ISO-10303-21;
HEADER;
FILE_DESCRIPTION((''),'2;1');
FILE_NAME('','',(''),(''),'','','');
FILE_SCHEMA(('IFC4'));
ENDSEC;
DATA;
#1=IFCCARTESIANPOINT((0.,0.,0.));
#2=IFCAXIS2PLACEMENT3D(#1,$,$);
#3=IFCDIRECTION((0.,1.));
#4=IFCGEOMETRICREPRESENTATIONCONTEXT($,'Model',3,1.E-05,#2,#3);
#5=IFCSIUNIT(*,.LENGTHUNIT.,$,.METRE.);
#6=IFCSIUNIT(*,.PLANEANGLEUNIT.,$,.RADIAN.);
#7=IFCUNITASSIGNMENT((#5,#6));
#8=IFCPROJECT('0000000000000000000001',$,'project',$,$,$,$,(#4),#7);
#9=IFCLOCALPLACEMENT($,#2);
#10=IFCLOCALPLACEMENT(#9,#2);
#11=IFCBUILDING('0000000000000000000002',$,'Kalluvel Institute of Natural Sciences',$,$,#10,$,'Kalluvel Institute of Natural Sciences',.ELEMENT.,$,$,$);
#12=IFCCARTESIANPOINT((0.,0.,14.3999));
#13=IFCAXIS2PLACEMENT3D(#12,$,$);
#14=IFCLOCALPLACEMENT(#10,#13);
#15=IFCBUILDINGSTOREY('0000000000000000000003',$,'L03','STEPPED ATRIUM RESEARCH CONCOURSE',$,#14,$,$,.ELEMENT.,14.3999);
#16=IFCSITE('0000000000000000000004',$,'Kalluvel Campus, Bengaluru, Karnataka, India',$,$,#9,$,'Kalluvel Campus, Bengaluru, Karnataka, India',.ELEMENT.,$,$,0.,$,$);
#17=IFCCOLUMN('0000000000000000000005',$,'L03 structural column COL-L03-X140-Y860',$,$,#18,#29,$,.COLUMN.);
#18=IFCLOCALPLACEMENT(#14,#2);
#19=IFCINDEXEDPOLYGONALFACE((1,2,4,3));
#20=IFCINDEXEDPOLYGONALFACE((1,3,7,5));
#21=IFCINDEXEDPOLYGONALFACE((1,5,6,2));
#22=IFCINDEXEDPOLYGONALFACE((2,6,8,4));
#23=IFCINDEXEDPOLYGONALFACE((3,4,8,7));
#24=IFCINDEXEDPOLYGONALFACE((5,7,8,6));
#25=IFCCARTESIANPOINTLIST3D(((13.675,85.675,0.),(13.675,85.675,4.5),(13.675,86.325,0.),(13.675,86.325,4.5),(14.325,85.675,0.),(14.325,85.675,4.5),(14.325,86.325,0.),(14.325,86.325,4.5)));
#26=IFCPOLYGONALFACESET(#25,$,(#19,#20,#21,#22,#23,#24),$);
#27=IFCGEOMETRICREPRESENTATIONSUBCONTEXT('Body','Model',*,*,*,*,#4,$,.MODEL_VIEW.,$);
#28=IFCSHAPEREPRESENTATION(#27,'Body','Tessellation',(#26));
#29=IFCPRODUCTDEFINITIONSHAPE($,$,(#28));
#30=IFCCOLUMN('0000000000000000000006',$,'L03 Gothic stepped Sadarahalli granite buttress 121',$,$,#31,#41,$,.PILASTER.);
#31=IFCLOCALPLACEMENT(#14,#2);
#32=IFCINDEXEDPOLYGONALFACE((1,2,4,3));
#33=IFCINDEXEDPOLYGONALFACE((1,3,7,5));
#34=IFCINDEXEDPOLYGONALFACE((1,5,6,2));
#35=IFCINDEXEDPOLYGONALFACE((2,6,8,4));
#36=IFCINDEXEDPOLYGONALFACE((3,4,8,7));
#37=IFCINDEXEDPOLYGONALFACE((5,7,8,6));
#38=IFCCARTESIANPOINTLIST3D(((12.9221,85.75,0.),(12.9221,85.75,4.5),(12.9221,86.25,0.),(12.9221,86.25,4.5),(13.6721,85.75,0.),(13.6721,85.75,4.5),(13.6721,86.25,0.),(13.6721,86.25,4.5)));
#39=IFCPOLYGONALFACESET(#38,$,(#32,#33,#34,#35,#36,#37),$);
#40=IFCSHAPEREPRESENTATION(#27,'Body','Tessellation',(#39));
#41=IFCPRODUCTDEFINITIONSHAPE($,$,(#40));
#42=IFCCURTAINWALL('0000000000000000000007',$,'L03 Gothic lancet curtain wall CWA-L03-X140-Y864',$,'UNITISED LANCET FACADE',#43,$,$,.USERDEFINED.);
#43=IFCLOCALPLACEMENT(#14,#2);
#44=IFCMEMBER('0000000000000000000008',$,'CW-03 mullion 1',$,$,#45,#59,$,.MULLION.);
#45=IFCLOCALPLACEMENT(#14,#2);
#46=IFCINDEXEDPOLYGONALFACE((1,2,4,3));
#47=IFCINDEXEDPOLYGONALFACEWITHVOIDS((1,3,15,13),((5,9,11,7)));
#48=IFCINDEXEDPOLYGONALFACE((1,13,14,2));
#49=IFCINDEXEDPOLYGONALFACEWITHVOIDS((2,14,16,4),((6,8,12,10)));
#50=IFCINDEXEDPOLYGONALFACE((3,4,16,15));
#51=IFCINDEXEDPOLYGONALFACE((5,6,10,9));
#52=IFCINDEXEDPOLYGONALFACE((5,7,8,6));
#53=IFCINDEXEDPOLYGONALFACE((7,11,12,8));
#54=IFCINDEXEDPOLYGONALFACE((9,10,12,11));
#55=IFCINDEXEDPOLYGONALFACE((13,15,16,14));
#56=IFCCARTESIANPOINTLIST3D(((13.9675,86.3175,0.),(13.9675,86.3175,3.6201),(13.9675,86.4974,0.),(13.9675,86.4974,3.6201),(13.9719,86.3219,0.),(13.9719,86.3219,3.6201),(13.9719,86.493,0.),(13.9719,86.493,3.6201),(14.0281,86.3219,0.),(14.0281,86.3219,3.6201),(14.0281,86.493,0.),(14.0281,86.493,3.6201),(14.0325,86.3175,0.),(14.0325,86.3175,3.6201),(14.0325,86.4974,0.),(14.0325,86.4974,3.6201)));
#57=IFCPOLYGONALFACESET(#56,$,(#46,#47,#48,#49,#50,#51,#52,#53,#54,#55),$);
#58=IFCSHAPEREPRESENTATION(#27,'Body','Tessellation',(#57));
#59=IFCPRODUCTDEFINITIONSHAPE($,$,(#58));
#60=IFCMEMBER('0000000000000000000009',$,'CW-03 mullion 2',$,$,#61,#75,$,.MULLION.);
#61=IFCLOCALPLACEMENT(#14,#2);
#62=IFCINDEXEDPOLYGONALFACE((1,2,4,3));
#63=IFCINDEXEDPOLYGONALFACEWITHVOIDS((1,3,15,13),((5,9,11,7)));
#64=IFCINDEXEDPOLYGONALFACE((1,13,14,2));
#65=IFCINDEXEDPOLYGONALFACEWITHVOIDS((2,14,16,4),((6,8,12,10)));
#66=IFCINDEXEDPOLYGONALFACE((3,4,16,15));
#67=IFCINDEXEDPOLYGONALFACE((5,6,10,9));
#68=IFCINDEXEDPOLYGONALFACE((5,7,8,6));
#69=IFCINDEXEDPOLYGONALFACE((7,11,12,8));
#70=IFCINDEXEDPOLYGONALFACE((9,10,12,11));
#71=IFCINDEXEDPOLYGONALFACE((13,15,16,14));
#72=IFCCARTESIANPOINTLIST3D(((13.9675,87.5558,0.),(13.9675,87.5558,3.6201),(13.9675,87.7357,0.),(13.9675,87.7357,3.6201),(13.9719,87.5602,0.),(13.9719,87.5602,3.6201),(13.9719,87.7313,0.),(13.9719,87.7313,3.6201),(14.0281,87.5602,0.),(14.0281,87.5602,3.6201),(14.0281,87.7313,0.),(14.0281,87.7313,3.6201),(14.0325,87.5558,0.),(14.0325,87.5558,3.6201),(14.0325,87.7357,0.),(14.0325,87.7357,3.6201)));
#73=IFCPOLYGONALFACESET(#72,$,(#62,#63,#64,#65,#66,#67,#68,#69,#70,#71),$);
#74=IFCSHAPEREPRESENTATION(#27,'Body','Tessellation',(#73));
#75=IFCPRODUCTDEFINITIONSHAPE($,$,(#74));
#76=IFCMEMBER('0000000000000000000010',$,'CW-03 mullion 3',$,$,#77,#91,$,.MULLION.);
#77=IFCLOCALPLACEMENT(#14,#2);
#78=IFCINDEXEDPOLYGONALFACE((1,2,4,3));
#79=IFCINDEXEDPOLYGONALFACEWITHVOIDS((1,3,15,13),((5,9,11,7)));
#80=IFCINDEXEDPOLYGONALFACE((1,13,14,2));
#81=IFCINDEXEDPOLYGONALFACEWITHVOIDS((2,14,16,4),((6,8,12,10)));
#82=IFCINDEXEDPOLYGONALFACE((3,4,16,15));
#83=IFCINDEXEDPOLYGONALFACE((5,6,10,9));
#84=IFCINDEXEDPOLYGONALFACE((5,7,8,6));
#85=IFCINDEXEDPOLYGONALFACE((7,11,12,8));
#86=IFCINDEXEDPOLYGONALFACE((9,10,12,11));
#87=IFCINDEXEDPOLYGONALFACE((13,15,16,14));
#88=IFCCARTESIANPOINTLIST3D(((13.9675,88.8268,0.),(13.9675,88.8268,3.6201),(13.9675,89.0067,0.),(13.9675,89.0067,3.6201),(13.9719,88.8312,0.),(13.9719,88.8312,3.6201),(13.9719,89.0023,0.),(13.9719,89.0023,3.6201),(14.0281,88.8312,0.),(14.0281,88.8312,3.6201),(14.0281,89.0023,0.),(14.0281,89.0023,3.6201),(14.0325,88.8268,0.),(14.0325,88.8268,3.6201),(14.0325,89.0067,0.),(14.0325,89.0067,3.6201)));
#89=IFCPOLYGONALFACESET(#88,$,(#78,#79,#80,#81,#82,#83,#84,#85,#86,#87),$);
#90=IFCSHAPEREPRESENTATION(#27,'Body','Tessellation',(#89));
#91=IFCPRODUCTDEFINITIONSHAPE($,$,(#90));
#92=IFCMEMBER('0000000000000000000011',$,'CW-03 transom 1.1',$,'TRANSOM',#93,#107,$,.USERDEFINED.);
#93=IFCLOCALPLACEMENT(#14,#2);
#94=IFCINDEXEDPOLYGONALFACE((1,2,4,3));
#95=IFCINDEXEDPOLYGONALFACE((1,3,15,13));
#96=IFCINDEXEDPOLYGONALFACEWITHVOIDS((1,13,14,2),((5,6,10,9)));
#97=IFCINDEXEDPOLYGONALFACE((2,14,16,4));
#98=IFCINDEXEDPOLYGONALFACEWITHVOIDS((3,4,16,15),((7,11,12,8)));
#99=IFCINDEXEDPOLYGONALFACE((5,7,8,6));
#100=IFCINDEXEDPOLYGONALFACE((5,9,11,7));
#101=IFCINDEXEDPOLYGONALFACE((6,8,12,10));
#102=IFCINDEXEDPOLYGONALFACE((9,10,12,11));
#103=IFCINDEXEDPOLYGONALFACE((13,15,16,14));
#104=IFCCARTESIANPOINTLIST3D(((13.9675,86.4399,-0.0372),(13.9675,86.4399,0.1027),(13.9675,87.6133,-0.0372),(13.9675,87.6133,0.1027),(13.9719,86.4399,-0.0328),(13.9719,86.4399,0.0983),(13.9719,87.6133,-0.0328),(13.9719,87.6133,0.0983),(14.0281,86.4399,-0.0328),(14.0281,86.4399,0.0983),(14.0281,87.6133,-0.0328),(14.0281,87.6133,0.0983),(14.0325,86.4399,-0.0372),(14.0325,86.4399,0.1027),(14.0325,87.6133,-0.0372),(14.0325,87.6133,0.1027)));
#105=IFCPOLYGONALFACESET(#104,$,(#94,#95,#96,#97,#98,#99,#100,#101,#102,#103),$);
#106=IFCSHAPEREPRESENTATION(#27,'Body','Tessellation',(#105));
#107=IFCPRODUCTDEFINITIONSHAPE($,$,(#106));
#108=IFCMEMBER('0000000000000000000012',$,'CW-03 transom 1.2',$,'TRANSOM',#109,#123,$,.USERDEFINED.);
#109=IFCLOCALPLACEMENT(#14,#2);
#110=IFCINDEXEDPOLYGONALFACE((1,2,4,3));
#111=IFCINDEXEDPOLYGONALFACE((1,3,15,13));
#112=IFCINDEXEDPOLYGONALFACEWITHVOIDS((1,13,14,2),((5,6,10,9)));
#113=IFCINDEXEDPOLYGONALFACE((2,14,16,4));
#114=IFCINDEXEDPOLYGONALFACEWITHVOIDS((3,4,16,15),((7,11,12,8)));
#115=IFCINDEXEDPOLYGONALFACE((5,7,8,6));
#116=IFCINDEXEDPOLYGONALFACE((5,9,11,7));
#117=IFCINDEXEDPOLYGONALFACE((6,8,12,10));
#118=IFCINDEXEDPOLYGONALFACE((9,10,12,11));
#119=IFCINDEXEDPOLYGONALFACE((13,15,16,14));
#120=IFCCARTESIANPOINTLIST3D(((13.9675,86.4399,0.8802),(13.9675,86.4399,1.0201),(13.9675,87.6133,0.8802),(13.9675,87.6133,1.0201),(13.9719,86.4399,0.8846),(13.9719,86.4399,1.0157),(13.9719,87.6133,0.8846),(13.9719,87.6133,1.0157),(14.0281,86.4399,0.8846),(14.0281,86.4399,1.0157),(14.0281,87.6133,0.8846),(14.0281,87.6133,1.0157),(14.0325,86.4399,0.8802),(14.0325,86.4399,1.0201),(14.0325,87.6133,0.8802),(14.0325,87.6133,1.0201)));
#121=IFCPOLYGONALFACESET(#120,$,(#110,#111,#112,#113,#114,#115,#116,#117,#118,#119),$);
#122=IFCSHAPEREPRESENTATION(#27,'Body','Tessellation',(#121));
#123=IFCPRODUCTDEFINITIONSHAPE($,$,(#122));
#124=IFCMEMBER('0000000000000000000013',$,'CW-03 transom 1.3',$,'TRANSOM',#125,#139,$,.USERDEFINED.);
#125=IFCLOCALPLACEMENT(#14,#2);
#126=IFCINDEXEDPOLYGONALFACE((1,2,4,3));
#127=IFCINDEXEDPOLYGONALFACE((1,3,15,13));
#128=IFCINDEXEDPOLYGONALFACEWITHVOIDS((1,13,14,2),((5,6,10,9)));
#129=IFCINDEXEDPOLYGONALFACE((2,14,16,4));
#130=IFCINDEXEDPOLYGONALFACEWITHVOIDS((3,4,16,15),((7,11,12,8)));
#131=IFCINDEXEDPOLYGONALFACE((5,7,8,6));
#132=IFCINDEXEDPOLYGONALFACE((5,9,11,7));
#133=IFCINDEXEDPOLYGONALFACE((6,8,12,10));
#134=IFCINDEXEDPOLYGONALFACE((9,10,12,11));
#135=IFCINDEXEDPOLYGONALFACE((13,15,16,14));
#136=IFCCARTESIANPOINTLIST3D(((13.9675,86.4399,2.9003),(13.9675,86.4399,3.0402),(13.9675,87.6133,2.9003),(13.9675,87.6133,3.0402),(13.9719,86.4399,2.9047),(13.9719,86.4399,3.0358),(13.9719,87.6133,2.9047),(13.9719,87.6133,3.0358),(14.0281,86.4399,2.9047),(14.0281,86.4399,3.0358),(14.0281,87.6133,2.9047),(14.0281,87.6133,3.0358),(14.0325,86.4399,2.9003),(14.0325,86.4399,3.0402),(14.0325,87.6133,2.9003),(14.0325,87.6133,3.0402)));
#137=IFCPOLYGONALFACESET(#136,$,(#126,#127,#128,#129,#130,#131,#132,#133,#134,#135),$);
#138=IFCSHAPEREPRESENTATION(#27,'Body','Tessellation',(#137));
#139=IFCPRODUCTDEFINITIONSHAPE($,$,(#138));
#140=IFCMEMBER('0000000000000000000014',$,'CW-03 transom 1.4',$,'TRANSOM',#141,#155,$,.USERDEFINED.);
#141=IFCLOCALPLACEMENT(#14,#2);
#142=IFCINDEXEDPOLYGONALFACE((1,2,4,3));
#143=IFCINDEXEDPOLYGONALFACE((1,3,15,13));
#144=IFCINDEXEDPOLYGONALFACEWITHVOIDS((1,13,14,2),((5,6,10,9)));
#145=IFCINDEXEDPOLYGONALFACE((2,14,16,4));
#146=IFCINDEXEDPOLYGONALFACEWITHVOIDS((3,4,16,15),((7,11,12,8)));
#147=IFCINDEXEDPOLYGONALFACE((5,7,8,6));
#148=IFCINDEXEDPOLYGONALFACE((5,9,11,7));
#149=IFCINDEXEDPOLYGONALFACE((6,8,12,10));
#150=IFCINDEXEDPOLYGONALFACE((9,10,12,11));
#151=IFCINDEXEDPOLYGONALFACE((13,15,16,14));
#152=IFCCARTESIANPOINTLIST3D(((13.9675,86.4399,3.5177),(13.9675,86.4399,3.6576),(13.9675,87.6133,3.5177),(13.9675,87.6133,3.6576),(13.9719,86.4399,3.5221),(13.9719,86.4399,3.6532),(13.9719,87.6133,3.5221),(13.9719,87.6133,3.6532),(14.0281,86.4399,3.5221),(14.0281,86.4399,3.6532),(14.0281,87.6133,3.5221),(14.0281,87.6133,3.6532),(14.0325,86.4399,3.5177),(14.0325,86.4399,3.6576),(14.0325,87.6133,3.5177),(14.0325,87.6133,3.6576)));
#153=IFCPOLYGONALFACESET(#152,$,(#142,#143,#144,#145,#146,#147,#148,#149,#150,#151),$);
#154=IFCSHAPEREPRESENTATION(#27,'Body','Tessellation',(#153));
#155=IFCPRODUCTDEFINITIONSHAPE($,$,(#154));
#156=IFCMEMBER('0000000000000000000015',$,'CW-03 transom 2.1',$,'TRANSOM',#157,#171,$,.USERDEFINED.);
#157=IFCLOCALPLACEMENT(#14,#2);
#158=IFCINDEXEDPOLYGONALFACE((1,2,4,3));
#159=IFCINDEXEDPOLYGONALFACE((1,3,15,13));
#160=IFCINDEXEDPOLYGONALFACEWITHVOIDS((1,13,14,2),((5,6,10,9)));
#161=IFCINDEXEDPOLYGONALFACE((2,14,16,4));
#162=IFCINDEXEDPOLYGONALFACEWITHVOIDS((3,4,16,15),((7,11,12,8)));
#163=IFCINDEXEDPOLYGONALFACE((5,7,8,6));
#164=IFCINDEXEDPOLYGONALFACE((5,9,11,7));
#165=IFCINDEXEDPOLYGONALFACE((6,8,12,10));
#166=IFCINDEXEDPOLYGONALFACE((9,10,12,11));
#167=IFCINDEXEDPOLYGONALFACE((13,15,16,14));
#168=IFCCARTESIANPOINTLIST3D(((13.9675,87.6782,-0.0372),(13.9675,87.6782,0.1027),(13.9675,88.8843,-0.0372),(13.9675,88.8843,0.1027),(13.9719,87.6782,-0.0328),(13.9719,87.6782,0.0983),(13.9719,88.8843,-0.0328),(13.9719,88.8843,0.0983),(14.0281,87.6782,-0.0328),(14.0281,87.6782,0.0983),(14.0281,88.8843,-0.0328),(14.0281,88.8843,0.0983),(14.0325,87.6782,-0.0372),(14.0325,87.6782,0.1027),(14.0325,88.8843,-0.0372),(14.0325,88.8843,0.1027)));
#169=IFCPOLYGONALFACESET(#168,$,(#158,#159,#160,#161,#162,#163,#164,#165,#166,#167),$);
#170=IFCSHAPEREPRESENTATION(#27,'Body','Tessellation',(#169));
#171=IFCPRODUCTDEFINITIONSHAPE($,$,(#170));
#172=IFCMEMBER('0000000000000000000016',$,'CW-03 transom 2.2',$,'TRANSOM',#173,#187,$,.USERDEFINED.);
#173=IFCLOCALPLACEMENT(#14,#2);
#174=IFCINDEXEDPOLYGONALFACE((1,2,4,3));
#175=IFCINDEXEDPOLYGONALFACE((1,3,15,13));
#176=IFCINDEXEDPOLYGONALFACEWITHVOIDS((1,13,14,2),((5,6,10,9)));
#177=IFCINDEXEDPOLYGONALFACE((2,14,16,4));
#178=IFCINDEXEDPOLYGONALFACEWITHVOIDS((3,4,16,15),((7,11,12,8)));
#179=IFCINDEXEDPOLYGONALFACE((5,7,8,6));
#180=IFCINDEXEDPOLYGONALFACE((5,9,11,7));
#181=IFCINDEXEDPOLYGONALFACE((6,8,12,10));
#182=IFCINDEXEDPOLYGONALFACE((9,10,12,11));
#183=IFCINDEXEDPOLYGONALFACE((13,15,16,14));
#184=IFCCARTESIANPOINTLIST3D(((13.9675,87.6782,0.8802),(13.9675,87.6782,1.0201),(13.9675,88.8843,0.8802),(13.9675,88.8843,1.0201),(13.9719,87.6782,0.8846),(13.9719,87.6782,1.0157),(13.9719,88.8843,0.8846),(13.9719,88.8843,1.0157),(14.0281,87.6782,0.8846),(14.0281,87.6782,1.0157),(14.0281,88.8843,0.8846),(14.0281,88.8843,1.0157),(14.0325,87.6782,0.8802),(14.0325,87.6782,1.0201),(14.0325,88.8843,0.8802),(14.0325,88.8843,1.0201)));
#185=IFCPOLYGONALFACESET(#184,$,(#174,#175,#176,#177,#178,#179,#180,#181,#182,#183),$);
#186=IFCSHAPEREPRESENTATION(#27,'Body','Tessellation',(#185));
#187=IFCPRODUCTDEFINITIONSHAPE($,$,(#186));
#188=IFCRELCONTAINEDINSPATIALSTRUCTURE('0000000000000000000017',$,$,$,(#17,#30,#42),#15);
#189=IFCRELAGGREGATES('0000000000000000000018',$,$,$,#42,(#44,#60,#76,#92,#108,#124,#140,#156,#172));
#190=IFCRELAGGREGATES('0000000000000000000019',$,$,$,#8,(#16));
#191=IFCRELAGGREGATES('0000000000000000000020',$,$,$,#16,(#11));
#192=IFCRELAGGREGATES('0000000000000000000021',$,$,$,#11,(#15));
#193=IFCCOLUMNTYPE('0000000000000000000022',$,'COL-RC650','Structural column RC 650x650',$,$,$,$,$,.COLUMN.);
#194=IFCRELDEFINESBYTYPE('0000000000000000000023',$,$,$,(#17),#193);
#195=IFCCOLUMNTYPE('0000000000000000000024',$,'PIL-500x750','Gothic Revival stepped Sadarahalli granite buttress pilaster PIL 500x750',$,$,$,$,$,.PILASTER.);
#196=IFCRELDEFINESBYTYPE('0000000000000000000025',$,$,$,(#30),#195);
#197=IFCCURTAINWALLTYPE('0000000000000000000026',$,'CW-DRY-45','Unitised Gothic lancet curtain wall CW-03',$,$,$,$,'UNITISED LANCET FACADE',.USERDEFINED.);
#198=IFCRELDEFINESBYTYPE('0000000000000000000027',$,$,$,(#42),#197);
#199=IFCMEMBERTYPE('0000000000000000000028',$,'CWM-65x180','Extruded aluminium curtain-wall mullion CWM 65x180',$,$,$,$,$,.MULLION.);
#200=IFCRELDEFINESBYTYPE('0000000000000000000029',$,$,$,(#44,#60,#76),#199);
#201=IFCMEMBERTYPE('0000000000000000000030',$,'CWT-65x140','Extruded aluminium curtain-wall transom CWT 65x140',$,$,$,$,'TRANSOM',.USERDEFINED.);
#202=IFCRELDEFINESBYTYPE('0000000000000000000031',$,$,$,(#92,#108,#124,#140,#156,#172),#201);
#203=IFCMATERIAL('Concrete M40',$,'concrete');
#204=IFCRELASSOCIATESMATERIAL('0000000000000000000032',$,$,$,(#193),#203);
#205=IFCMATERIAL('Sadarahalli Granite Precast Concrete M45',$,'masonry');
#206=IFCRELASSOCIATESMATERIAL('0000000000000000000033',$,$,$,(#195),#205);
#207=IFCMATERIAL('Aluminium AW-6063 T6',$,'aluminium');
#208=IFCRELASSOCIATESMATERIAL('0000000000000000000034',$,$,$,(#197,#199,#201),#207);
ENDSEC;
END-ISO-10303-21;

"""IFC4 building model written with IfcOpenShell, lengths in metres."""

from ifc_helpers import new_model, si_unit, direction, frame, origin, origin_2d, place, context, subcontext, project, spatial, rectangle, hollow_rectangle, extrude, material, material_profile, profile_set, type_object, element, aggregate, save


model = new_model("IFC4")

# Units and contexts
model_context = context("Model", 3, precision=1e-05, world=origin(), true_north=direction((0.0, 1.0)))
body_context = subcontext(model_context, "Body", "Model", "MODEL_VIEW")
ifc_project = project(units=[si_unit("LENGTHUNIT", "METRE"), si_unit("PLANEANGLEUNIT", "RADIAN")], contexts=[model_context])

# Site, building, storey
site_placement = place(None, origin())
site = spatial("IfcSite", under=ifc_project, at=site_placement, Name="Kalluvel Campus, Bengaluru, Karnataka, India", LongName="Kalluvel Campus, Bengaluru, Karnataka, India", CompositionType="ELEMENT", RefElevation=0.0)
building_placement = place(site_placement, origin())
building = spatial("IfcBuilding", under=site, at=building_placement, Name="Kalluvel Institute of Natural Sciences", LongName="Kalluvel Institute of Natural Sciences", CompositionType="ELEMENT")
storey_placement = place(building_placement, frame((0.0, 0.0, 14.3999)))
storey = spatial("IfcBuildingStorey", under=building, at=storey_placement, Name="L03", Description="STEPPED ATRIUM RESEARCH CONCOURSE", CompositionType="ELEMENT", Elevation=14.3999)

# Columns
ifc_material_1 = material(Name="Concrete M40", Category="concrete")
ifc_material_profile_1 = material_profile(ifc_material_1, rectangle(XDim=0.6499, YDim=0.6499, at=origin_2d()), Name="RC 650x650")
ifc_profile_set_1 = profile_set([ifc_material_profile_1], Name="Concrete M40")
column_type_1 = type_object("IfcColumnType", Name="COL-RC650", Description="Structural column RC 650x650", PredefinedType="COLUMN", material=ifc_profile_set_1)
column_1_placement = place(storey_placement, frame((14.0, 86.0, 0.0), z_axis=(0.0, 0.0, 1.0), x_axis=(1.0, 0.0, 0.0)))
element("IfcColumn", 1, at=column_1_placement, inside=storey, type_object=column_type_1, Name="L03 structural column COL-L03-X140-Y860", PredefinedType="COLUMN", context=body_context, shape_type="SweptSolid", body=[
    extrude(rectangle(XDim=0.6499, YDim=0.6499, at=origin_2d()), origin(), (0.0, 0.0, 1.0), 4.5),
])
ifc_material_2 = material(Name="Sadarahalli Granite Precast Concrete M45", Category="masonry")
ifc_material_profile_2 = material_profile(ifc_material_2, rectangle(XDim=0.5, YDim=0.75, at=origin_2d()), Name="PIL 500x750")
ifc_profile_set_2 = profile_set([ifc_material_profile_2], Name="Sadarahalli Granite Precast Concrete M45")
column_type_2 = type_object("IfcColumnType", Name="PIL-500x750", Description="Gothic Revival stepped Sadarahalli granite buttress pilaster PIL 500x750", PredefinedType="PILASTER", material=ifc_profile_set_2)
column_2_placement = place(storey_placement, frame((13.2971, 86.0, 0.0), z_axis=(0.0, 0.0, 1.0), x_axis=(0.0, 1.0, 0.0)))
element("IfcColumn", 2, at=column_2_placement, inside=storey, type_object=column_type_2, Name="L03 Gothic stepped Sadarahalli granite buttress 121", PredefinedType="PILASTER", context=body_context, shape_type="SweptSolid", body=[
    extrude(rectangle(XDim=0.5, YDim=0.75, at=origin_2d()), origin(), (0.0, 0.0, 1.0), 4.5),
])

# Curtain wall, members
ifc_material_3 = material(Name="Aluminium AW-6063 T6", Category="aluminium")
curtain_wall_type = type_object("IfcCurtainWallType", Name="CW-DRY-45", Description="Unitised Gothic lancet curtain wall CW-03", ElementType="UNITISED LANCET FACADE", PredefinedType="USERDEFINED", material=ifc_material_3)
curtain_wall_placement = place(storey_placement, origin())
curtain_wall = element("IfcCurtainWall", 3, at=curtain_wall_placement, inside=storey, type_object=curtain_wall_type, Name="L03 Gothic lancet curtain wall CWA-L03-X140-Y864", ObjectType="UNITISED LANCET FACADE", PredefinedType="USERDEFINED")
ifc_material_profile_3 = material_profile(ifc_material_3, hollow_rectangle(XDim=0.0649, YDim=0.1799, WallThickness=0.0044, at=origin_2d()), Name="CWM 65x180")
ifc_profile_set_3 = profile_set([ifc_material_profile_3], Name="Aluminium AW-6063 T6")
member_type_1 = type_object("IfcMemberType", Name="CWM-65x180", Description="Extruded aluminium curtain-wall mullion CWM 65x180", PredefinedType="MULLION", material=ifc_profile_set_3)
member_1_placement = place(storey_placement, frame((14.0, 86.4075, 0.0), z_axis=(0.0, 0.0, 1.0), x_axis=(-1.0, 0.0, 0.0)))
member_1 = element("IfcMember", 4, at=member_1_placement, type_object=member_type_1, Name="CW-03 mullion 1", PredefinedType="MULLION", context=body_context, shape_type="SweptSolid", body=[
    extrude(hollow_rectangle(XDim=0.0649, YDim=0.1799, WallThickness=0.0044, at=origin_2d()), origin(), (0.0, 0.0, 1.0), 3.6201),
])
member_2_placement = place(storey_placement, frame((14.0, 87.6458, 0.0), z_axis=(0.0, 0.0, 1.0), x_axis=(-1.0, 0.0, 0.0)))
member_2 = element("IfcMember", 5, at=member_2_placement, type_object=member_type_1, Name="CW-03 mullion 2", PredefinedType="MULLION", context=body_context, shape_type="SweptSolid", body=[
    extrude(hollow_rectangle(XDim=0.0649, YDim=0.1799, WallThickness=0.0044, at=origin_2d()), origin(), (0.0, 0.0, 1.0), 3.6201),
])
member_3_placement = place(storey_placement, frame((14.0, 88.9167, 0.0), z_axis=(0.0, 0.0, 1.0), x_axis=(-1.0, 0.0, 0.0)))
member_3 = element("IfcMember", 6, at=member_3_placement, type_object=member_type_1, Name="CW-03 mullion 3", PredefinedType="MULLION", context=body_context, shape_type="SweptSolid", body=[
    extrude(hollow_rectangle(XDim=0.0649, YDim=0.1799, WallThickness=0.0044, at=origin_2d()), origin(), (0.0, 0.0, 1.0), 3.6201),
])
ifc_material_profile_4 = material_profile(ifc_material_3, hollow_rectangle(XDim=0.0649, YDim=0.1399, WallThickness=0.0044, at=origin_2d()), Name="CWT 65x140")
ifc_profile_set_4 = profile_set([ifc_material_profile_4], Name="Aluminium AW-6063 T6")
member_type_2 = type_object("IfcMemberType", Name="CWT-65x140", Description="Extruded aluminium curtain-wall transom CWT 65x140", ElementType="TRANSOM", PredefinedType="USERDEFINED", material=ifc_profile_set_4)
member_4_placement = place(storey_placement, frame((14.0, 86.4399, 0.0327), z_axis=(0.0, 1.0, 0.0), x_axis=(-1.0, 0.0, 0.0)))
member_4 = element("IfcMember", 7, at=member_4_placement, type_object=member_type_2, Name="CW-03 transom 1.1", ObjectType="TRANSOM", PredefinedType="USERDEFINED", context=body_context, shape_type="SweptSolid", body=[
    extrude(hollow_rectangle(XDim=0.0649, YDim=0.1399, WallThickness=0.0044, at=origin_2d()), origin(), (0.0, 0.0, 1.0), 1.1733),
])
member_5_placement = place(storey_placement, frame((14.0, 86.4399, 0.9502), z_axis=(0.0, 1.0, 0.0), x_axis=(-1.0, 0.0, 0.0)))
member_5 = element("IfcMember", 8, at=member_5_placement, type_object=member_type_2, Name="CW-03 transom 1.2", ObjectType="TRANSOM", PredefinedType="USERDEFINED", context=body_context, shape_type="SweptSolid", body=[
    extrude(hollow_rectangle(XDim=0.0649, YDim=0.1399, WallThickness=0.0044, at=origin_2d()), origin(), (0.0, 0.0, 1.0), 1.1733),
])
member_6_placement = place(storey_placement, frame((14.0, 86.4399, 2.9702), z_axis=(0.0, 1.0, 0.0), x_axis=(-1.0, 0.0, 0.0)))
member_6 = element("IfcMember", 9, at=member_6_placement, type_object=member_type_2, Name="CW-03 transom 1.3", ObjectType="TRANSOM", PredefinedType="USERDEFINED", context=body_context, shape_type="SweptSolid", body=[
    extrude(hollow_rectangle(XDim=0.0649, YDim=0.1399, WallThickness=0.0044, at=origin_2d()), origin(), (0.0, 0.0, 1.0), 1.1733),
])
member_7_placement = place(storey_placement, frame((14.0, 86.4399, 3.5876), z_axis=(0.0, 1.0, 0.0), x_axis=(-1.0, 0.0, 0.0)))
member_7 = element("IfcMember", 10, at=member_7_placement, type_object=member_type_2, Name="CW-03 transom 1.4", ObjectType="TRANSOM", PredefinedType="USERDEFINED", context=body_context, shape_type="SweptSolid", body=[
    extrude(hollow_rectangle(XDim=0.0649, YDim=0.1399, WallThickness=0.0044, at=origin_2d()), origin(), (0.0, 0.0, 1.0), 1.1733),
])
member_8_placement = place(storey_placement, frame((14.0, 87.6782, 0.0327), z_axis=(0.0, 1.0, 0.0), x_axis=(-1.0, 0.0, 0.0)))
member_8 = element("IfcMember", 11, at=member_8_placement, type_object=member_type_2, Name="CW-03 transom 2.1", ObjectType="TRANSOM", PredefinedType="USERDEFINED", context=body_context, shape_type="SweptSolid", body=[
    extrude(hollow_rectangle(XDim=0.0649, YDim=0.1399, WallThickness=0.0044, at=origin_2d()), origin(), (0.0, 0.0, 1.0), 1.2061),
])
member_9_placement = place(storey_placement, frame((14.0, 87.6782, 0.9502), z_axis=(0.0, 1.0, 0.0), x_axis=(-1.0, 0.0, 0.0)))
member_9 = element("IfcMember", 12, at=member_9_placement, type_object=member_type_2, Name="CW-03 transom 2.2", ObjectType="TRANSOM", PredefinedType="USERDEFINED", context=body_context, shape_type="SweptSolid", body=[
    extrude(hollow_rectangle(XDim=0.0649, YDim=0.1399, WallThickness=0.0044, at=origin_2d()), origin(), (0.0, 0.0, 1.0), 1.2061),
])

aggregate(curtain_wall, [member_1, member_2, member_3, member_4, member_5, member_6, member_7, member_8, member_9])

save(model, "model.ifc")
